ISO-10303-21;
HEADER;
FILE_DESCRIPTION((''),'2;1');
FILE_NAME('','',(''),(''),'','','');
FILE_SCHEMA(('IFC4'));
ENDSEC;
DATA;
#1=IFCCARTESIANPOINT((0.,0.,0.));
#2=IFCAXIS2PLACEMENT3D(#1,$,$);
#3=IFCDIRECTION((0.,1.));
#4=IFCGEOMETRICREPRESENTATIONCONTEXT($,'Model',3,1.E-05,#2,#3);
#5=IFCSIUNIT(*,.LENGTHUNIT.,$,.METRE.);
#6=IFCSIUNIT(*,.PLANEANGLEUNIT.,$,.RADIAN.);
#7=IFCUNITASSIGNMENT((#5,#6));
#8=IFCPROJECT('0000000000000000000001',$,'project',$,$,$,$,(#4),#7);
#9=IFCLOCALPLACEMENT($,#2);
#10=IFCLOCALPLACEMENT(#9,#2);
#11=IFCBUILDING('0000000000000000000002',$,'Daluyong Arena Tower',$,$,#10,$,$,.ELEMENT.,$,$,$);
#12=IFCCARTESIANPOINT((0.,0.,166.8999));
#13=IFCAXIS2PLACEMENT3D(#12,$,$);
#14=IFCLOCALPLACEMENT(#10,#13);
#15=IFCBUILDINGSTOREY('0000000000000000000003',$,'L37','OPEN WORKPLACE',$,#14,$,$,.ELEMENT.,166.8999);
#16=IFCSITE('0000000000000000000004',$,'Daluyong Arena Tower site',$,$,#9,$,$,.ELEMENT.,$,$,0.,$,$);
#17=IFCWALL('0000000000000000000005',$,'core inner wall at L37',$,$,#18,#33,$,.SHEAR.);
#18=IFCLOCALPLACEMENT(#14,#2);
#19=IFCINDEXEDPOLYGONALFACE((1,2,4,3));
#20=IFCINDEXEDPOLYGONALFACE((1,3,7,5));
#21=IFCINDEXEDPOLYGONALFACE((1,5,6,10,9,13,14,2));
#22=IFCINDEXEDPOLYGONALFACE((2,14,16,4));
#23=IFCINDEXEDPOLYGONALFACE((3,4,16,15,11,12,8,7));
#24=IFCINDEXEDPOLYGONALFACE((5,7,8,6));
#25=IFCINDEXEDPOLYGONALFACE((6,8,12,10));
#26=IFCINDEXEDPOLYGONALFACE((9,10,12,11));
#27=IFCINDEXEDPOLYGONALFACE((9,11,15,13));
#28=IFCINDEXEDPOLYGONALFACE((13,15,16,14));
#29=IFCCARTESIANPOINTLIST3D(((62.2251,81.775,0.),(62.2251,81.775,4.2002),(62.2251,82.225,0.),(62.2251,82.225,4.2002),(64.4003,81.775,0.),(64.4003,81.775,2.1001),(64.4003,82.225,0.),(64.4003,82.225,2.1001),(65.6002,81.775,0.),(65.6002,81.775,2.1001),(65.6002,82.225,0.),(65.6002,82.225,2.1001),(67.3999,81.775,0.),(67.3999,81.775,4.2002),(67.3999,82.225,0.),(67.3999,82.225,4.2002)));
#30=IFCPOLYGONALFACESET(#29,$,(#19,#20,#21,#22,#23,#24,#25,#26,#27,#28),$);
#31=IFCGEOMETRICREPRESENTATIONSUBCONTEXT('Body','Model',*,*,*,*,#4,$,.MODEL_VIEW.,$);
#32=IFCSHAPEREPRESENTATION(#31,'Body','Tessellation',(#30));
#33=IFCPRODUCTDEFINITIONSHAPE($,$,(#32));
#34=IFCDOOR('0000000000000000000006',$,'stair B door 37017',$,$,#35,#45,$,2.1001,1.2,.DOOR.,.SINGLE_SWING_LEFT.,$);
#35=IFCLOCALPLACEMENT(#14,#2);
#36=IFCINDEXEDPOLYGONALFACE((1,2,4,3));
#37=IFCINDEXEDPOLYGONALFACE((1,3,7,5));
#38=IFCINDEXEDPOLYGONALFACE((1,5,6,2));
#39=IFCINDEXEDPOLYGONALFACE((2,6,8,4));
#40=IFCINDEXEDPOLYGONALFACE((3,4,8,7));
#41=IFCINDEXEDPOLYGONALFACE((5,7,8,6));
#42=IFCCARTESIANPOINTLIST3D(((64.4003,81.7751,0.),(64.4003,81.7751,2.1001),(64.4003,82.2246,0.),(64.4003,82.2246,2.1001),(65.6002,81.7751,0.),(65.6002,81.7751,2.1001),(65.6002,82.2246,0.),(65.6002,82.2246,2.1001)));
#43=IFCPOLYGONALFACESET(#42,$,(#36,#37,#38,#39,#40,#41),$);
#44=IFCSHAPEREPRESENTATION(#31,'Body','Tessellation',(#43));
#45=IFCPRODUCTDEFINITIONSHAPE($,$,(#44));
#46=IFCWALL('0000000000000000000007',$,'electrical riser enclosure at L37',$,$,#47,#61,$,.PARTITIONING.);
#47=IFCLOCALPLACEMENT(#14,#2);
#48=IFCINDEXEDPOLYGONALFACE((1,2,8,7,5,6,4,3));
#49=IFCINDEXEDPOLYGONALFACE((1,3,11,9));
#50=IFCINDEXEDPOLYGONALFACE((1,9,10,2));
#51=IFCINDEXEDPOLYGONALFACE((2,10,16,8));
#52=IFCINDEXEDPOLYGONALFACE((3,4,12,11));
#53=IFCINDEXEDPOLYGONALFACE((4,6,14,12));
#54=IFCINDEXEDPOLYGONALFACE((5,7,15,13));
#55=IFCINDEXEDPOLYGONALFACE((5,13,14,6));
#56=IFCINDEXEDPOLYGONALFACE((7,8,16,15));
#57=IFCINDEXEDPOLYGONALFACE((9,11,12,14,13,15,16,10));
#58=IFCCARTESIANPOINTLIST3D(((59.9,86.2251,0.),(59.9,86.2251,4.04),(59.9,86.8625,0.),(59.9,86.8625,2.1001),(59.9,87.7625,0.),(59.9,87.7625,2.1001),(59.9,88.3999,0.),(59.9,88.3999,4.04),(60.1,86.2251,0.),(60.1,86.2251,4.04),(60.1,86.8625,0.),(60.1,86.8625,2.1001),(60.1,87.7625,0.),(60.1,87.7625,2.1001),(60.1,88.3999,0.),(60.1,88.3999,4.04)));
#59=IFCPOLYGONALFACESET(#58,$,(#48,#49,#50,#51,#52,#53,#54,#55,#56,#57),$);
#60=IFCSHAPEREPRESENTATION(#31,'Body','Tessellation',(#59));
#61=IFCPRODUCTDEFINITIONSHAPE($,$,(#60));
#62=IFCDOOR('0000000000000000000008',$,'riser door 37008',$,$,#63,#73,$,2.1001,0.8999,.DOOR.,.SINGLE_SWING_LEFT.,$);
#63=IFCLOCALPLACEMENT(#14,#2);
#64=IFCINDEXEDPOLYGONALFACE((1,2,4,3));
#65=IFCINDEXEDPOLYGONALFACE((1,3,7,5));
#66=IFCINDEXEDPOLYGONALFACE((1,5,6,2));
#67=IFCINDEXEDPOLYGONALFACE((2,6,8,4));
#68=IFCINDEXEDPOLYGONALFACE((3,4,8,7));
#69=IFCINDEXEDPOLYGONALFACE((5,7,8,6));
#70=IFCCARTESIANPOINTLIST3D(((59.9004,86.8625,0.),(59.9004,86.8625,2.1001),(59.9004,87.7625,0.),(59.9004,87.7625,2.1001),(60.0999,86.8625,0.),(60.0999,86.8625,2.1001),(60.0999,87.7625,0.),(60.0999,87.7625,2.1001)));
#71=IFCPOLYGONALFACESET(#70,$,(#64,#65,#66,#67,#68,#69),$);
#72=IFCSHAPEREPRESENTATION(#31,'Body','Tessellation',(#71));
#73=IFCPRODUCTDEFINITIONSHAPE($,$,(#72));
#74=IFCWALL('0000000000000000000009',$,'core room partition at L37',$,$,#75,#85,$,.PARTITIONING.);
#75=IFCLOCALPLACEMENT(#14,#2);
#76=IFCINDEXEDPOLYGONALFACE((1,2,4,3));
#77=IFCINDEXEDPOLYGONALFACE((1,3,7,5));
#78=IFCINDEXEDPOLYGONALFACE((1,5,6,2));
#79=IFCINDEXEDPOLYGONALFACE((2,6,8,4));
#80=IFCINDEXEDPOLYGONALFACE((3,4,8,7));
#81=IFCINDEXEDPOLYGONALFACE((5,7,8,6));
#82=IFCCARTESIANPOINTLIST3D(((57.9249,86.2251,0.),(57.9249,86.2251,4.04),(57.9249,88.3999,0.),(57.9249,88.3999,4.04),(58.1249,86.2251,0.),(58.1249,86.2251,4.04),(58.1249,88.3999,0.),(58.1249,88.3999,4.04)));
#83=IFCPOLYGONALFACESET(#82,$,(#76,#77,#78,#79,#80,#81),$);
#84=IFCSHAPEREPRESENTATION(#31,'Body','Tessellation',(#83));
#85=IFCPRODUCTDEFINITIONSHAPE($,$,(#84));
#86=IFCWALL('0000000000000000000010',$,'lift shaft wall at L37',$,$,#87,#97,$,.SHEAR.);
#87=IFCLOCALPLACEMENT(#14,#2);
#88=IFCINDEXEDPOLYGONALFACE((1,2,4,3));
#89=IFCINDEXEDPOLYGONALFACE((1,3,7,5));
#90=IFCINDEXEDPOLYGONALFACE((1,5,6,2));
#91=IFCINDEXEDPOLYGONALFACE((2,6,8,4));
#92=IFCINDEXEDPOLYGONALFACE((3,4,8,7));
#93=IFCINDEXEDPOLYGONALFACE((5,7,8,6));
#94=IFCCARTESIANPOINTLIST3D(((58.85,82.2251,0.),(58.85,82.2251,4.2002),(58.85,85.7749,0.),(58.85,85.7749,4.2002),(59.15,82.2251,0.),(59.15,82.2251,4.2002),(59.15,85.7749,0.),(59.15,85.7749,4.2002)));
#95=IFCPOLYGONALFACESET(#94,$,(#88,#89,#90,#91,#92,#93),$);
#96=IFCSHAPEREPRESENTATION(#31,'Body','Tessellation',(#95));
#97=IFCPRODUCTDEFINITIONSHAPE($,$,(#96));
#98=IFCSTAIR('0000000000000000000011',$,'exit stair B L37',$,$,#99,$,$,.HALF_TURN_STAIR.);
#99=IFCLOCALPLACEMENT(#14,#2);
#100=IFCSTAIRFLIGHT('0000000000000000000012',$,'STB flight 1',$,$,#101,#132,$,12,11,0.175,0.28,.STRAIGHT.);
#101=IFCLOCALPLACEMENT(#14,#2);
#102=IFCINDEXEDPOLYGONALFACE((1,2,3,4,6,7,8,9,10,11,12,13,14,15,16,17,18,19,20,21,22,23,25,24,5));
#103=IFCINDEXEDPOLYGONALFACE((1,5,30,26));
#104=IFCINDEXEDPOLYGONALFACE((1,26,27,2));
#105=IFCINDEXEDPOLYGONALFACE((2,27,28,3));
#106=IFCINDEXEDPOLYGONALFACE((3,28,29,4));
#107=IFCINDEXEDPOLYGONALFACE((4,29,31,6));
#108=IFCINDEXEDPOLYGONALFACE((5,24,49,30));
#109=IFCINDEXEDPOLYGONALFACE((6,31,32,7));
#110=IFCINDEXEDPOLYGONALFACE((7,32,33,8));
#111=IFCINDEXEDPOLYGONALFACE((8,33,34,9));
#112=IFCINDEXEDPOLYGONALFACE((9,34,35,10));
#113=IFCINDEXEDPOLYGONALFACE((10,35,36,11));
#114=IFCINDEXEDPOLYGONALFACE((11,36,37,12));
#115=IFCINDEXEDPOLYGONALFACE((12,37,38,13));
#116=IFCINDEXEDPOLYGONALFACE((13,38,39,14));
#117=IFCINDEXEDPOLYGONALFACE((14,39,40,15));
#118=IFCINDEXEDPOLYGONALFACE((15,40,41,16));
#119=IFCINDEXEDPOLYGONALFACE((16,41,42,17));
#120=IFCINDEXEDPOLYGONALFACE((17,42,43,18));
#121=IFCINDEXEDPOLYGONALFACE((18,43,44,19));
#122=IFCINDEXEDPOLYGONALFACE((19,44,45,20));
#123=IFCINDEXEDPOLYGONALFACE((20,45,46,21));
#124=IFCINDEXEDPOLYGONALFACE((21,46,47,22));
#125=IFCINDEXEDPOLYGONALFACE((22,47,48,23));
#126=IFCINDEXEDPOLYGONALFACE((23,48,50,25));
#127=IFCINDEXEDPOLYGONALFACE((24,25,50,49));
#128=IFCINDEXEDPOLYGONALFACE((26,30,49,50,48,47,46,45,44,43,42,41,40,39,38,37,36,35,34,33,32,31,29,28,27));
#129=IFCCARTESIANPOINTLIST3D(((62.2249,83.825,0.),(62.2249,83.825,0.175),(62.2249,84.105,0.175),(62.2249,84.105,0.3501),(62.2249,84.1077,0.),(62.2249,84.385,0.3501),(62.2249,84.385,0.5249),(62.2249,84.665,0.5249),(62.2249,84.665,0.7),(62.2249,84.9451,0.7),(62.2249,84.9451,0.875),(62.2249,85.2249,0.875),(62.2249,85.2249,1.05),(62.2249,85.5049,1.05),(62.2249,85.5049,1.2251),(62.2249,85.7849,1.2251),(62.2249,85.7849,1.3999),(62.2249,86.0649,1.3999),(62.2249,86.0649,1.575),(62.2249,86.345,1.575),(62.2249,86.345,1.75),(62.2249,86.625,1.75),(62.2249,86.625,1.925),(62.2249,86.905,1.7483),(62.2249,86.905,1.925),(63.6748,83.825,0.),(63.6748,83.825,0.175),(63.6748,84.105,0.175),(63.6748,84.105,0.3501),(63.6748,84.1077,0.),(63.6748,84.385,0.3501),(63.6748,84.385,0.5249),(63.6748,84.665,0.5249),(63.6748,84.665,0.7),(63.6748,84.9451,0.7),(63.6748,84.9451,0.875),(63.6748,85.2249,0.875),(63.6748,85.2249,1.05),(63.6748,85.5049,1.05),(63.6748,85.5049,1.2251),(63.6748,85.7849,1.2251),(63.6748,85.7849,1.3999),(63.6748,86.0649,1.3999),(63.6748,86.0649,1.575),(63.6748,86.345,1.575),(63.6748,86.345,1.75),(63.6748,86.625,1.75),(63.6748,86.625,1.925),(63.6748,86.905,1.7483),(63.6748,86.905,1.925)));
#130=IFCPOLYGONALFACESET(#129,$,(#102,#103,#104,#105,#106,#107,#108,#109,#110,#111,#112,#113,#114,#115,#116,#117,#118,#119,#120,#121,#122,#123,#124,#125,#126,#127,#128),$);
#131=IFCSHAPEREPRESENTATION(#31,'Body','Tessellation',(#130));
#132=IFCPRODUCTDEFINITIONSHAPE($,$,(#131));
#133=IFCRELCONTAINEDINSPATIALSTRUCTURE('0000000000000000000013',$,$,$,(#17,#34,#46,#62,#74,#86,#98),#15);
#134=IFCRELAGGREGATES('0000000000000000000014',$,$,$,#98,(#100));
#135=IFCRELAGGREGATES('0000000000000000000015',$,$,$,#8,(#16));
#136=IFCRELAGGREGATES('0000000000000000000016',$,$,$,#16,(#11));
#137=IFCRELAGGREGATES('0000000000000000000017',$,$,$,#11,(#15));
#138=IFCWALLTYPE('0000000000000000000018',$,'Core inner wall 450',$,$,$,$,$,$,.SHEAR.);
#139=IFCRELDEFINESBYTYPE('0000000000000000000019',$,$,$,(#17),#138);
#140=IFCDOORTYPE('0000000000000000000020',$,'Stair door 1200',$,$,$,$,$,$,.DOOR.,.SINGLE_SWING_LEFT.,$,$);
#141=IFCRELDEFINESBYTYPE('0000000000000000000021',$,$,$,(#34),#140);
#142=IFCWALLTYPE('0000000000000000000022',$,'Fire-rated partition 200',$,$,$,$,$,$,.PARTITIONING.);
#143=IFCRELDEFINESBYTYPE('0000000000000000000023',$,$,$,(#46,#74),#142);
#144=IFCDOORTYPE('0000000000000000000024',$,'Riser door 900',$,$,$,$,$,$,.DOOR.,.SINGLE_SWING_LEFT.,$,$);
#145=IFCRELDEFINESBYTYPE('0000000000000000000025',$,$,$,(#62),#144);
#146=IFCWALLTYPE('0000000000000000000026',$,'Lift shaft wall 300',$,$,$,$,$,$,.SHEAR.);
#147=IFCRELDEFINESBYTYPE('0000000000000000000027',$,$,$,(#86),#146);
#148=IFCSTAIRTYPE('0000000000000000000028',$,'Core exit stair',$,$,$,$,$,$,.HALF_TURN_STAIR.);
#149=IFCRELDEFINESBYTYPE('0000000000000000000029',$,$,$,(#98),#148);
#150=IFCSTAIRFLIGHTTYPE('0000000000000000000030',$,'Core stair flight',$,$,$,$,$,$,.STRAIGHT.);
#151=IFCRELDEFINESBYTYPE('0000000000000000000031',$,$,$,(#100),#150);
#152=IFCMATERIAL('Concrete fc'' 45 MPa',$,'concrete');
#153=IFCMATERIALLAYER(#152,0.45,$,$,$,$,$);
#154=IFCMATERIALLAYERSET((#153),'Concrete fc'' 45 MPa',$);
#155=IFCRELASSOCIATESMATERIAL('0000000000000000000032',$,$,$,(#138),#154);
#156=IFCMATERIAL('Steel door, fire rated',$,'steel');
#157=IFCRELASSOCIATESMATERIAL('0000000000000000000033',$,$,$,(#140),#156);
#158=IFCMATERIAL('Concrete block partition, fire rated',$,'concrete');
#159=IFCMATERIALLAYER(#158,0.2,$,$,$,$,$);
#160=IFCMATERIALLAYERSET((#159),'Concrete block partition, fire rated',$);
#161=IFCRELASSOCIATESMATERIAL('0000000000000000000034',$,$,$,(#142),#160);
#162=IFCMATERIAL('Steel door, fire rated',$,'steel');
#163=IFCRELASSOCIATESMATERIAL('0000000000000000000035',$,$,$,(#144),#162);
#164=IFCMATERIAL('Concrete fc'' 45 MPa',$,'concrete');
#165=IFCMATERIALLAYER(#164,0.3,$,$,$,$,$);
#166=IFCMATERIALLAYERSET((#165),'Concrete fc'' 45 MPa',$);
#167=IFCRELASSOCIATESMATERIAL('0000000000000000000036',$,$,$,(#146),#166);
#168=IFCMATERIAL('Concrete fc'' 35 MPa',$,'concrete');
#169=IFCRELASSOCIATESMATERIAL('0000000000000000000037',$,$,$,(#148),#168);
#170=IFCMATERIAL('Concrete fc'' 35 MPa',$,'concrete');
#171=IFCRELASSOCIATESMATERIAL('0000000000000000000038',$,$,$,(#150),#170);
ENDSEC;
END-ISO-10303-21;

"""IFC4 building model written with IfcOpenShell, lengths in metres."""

from ifc_helpers import new_model, si_unit, direction, frame, frame_2d, origin, place, context, subcontext, project, spatial, polyline, rectangle, outline, extrude, material, layer, layer_set, type_object, element, fill, aggregate, save


model = new_model("IFC4")

# Units and contexts
model_context = context("Model", 3, precision=1e-05, world=origin(), true_north=direction((0.0, 1.0)))
body_context = subcontext(model_context, "Body", "Model", "MODEL_VIEW")
ifc_project = project(units=[si_unit("LENGTHUNIT", "METRE"), si_unit("PLANEANGLEUNIT", "RADIAN")], contexts=[model_context])

# Site, building, storey
site_placement = place(None, origin())
site = spatial("IfcSite", under=ifc_project, at=site_placement, Name="Daluyong Arena Tower site", CompositionType="ELEMENT", RefElevation=0.0)
building_placement = place(site_placement, origin())
building = spatial("IfcBuilding", under=site, at=building_placement, Name="Daluyong Arena Tower", CompositionType="ELEMENT")
storey_placement = place(building_placement, frame((0.0, 0.0, 166.8999)))
storey = spatial("IfcBuildingStorey", under=building, at=storey_placement, Name="L37", Description="OPEN WORKPLACE", CompositionType="ELEMENT", Elevation=166.8999)

# Walls, openings, doors
ifc_material_1 = material(Name="Concrete fc' 45 MPa", Category="concrete")
ifc_layer_1 = layer(ifc_material_1, 0.45)
ifc_layer_set_1 = layer_set([ifc_layer_1], Name="Concrete fc' 45 MPa")
wall_type_1 = type_object("IfcWallType", Name="Core inner wall 450", PredefinedType="SHEAR", material=ifc_layer_set_1)
wall_1_placement = place(storey_placement, frame((62.2251, 82.0, 0.0), z_axis=(0.0, 0.0, 1.0), x_axis=(1.0, 0.0, 0.0)))
wall_1 = element("IfcWall", 1, at=wall_1_placement, inside=storey, type_object=wall_type_1, Name="core inner wall at L37", PredefinedType="SHEAR", context=body_context, shape_type="SweptSolid", body=[
    extrude(rectangle(XDim=5.1748, YDim=0.45, at=frame_2d((2.5874, 0.0))), origin(), (0.0, 0.0, 1.0), 4.2002),
])
opening_1_placement = place(wall_1_placement, frame((2.175, 0.0, 0.0)))
opening_1 = element("IfcOpeningElement", 2, at=opening_1_placement, cuts=wall_1, PredefinedType="OPENING", context=body_context, shape_type="SweptSolid", body=[
    extrude(rectangle(XDim=1.2, YDim=2.1001, at=frame_2d((0.6001, 1.05))), frame((0.0, 0.2349, 0.0), z_axis=(0.0, -1.0, 0.0), x_axis=(1.0, 0.0, 0.0)), (0.0, 0.0, 1.0), 0.47),
])
ifc_material_2 = material(Name="Steel door, fire rated", Category="steel")
door_type_1 = type_object("IfcDoorType", Name="Stair door 1200", OperationType="SINGLE_SWING_LEFT", PredefinedType="DOOR", material=ifc_material_2)
door_1_placement = place(opening_1_placement, origin())
door_1 = element("IfcDoor", 3, at=door_1_placement, inside=storey, type_object=door_type_1, Name="stair B door 37017", OperationType="SINGLE_SWING_LEFT", OverallHeight=2.1001, OverallWidth=1.2, PredefinedType="DOOR", context=body_context, shape_type="SweptSolid", body=[
    extrude(rectangle(XDim=1.2, YDim=2.1001, at=frame_2d((0.6001, 1.05))), frame((0.0, 0.2246, 0.0), z_axis=(0.0, -1.0, 0.0), x_axis=(1.0, 0.0, 0.0)), (0.0, 0.0, 1.0), 0.4495),
])
fill(opening_1, door_1)
ifc_material_3 = material(Name="Concrete block partition, fire rated", Category="concrete")
ifc_layer_2 = layer(ifc_material_3, 0.2)
ifc_layer_set_2 = layer_set([ifc_layer_2], Name="Concrete block partition, fire rated")
wall_type_2 = type_object("IfcWallType", Name="Fire-rated partition 200", PredefinedType="PARTITIONING", material=ifc_layer_set_2)
wall_2_placement = place(storey_placement, frame((60.0, 86.2251, 0.0), z_axis=(0.0, 0.0, 1.0), x_axis=(0.0, 1.0, 0.0)))
wall_2 = element("IfcWall", 4, at=wall_2_placement, inside=storey, type_object=wall_type_2, Name="electrical riser enclosure at L37", PredefinedType="PARTITIONING", context=body_context, shape_type="SweptSolid", body=[
    extrude(rectangle(XDim=2.1748, YDim=0.2, at=frame_2d((1.0874, 0.0))), origin(), (0.0, 0.0, 1.0), 4.04),
])
opening_2_placement = place(wall_2_placement, frame((0.6375, 0.0, 0.0)))
opening_2 = element("IfcOpeningElement", 5, at=opening_2_placement, cuts=wall_2, PredefinedType="OPENING", context=body_context, shape_type="SweptSolid", body=[
    extrude(rectangle(XDim=0.8999, YDim=2.1001, at=frame_2d((0.45, 1.05))), frame((0.0, 0.1099, 0.0), z_axis=(0.0, -1.0, 0.0), x_axis=(1.0, 0.0, 0.0)), (0.0, 0.0, 1.0), 0.22),
])
ifc_material_4 = material(Name="Steel door, fire rated", Category="steel")
door_type_2 = type_object("IfcDoorType", Name="Riser door 900", OperationType="SINGLE_SWING_LEFT", PredefinedType="DOOR", material=ifc_material_4)
door_2_placement = place(opening_2_placement, origin())
door_2 = element("IfcDoor", 6, at=door_2_placement, inside=storey, type_object=door_type_2, Name="riser door 37008", OperationType="SINGLE_SWING_LEFT", OverallHeight=2.1001, OverallWidth=0.8999, PredefinedType="DOOR", context=body_context, shape_type="SweptSolid", body=[
    extrude(rectangle(XDim=0.8999, YDim=2.1001, at=frame_2d((0.45, 1.05))), frame((0.0, 0.0996, 0.0), z_axis=(0.0, -1.0, 0.0), x_axis=(1.0, 0.0, 0.0)), (0.0, 0.0, 1.0), 0.1995),
])
fill(opening_2, door_2)

# Walls
wall_3_placement = place(storey_placement, frame((58.0249, 86.2251, 0.0), z_axis=(0.0, 0.0, 1.0), x_axis=(0.0, 1.0, 0.0)))
element("IfcWall", 7, at=wall_3_placement, inside=storey, type_object=wall_type_2, Name="core room partition at L37", PredefinedType="PARTITIONING", context=body_context, shape_type="SweptSolid", body=[
    extrude(rectangle(XDim=2.1748, YDim=0.2, at=frame_2d((1.0874, 0.0))), origin(), (0.0, 0.0, 1.0), 4.04),
])
ifc_material_5 = material(Name="Concrete fc' 45 MPa", Category="concrete")
ifc_layer_3 = layer(ifc_material_5, 0.3)
ifc_layer_set_3 = layer_set([ifc_layer_3], Name="Concrete fc' 45 MPa")
wall_type_3 = type_object("IfcWallType", Name="Lift shaft wall 300", PredefinedType="SHEAR", material=ifc_layer_set_3)
wall_4_placement = place(storey_placement, frame((59.0, 82.2251, 0.0), z_axis=(0.0, 0.0, 1.0), x_axis=(0.0, 1.0, 0.0)))
element("IfcWall", 8, at=wall_4_placement, inside=storey, type_object=wall_type_3, Name="lift shaft wall at L37", PredefinedType="SHEAR", context=body_context, shape_type="SweptSolid", body=[
    extrude(rectangle(XDim=3.5498, YDim=0.3, at=frame_2d((1.7749, 0.0))), origin(), (0.0, 0.0, 1.0), 4.2002),
])

# Stair, stair flight
ifc_material_6 = material(Name="Concrete fc' 35 MPa", Category="concrete")
stair_type = type_object("IfcStairType", Name="Core exit stair", PredefinedType="HALF_TURN_STAIR", material=ifc_material_6)
stair_placement = place(storey_placement, origin())
stair = element("IfcStair", 9, at=stair_placement, inside=storey, type_object=stair_type, Name="exit stair B L37", PredefinedType="HALF_TURN_STAIR")
ifc_material_7 = material(Name="Concrete fc' 35 MPa", Category="concrete")
stair_flight_type = type_object("IfcStairFlightType", Name="Core stair flight", PredefinedType="STRAIGHT", material=ifc_material_7)
stair_flight_placement = place(storey_placement, frame((62.95, 83.825, 0.0), z_axis=(0.0, 0.0, 1.0), x_axis=(0.0, 1.0, 0.0)))
stair_flight = element("IfcStairFlight", 10, at=stair_flight_placement, type_object=stair_flight_type, Name="STB flight 1", NumberOfRisers=12, NumberOfTreads=11, PredefinedType="STRAIGHT", RiserHeight=0.175, TreadLength=0.28, context=body_context, shape_type="SweptSolid", body=[
    extrude(outline(polyline([(0.0, 0.0), (0.0, 0.175), (0.28, 0.175), (0.28, 0.3501), (0.5601, 0.3501), (0.5601, 0.5249), (0.8401, 0.5249), (0.8401, 0.7), (1.1201, 0.7), (1.1201, 0.875), (1.3999, 0.875), (1.3999, 1.05), (1.6799, 1.05), (1.6799, 1.2251), (1.96, 1.2251), (1.96, 1.3999), (2.24, 1.3999), (2.24, 1.575), (2.52, 1.575), (2.52, 1.75), (2.8, 1.75), (2.8, 1.925), (3.0801, 1.925), (3.0801, 2.1001), (3.0801, 1.7483), (0.2827, 0.0), (0.0, 0.0)])), frame((0.0, 0.7251, 0.0), z_axis=(0.0, -1.0, 0.0), x_axis=(1.0, 0.0, 0.0)), (0.0, 0.0, 1.0), 1.45),
])
aggregate(stair, [stair_flight])

save(model, "model.ifc")
